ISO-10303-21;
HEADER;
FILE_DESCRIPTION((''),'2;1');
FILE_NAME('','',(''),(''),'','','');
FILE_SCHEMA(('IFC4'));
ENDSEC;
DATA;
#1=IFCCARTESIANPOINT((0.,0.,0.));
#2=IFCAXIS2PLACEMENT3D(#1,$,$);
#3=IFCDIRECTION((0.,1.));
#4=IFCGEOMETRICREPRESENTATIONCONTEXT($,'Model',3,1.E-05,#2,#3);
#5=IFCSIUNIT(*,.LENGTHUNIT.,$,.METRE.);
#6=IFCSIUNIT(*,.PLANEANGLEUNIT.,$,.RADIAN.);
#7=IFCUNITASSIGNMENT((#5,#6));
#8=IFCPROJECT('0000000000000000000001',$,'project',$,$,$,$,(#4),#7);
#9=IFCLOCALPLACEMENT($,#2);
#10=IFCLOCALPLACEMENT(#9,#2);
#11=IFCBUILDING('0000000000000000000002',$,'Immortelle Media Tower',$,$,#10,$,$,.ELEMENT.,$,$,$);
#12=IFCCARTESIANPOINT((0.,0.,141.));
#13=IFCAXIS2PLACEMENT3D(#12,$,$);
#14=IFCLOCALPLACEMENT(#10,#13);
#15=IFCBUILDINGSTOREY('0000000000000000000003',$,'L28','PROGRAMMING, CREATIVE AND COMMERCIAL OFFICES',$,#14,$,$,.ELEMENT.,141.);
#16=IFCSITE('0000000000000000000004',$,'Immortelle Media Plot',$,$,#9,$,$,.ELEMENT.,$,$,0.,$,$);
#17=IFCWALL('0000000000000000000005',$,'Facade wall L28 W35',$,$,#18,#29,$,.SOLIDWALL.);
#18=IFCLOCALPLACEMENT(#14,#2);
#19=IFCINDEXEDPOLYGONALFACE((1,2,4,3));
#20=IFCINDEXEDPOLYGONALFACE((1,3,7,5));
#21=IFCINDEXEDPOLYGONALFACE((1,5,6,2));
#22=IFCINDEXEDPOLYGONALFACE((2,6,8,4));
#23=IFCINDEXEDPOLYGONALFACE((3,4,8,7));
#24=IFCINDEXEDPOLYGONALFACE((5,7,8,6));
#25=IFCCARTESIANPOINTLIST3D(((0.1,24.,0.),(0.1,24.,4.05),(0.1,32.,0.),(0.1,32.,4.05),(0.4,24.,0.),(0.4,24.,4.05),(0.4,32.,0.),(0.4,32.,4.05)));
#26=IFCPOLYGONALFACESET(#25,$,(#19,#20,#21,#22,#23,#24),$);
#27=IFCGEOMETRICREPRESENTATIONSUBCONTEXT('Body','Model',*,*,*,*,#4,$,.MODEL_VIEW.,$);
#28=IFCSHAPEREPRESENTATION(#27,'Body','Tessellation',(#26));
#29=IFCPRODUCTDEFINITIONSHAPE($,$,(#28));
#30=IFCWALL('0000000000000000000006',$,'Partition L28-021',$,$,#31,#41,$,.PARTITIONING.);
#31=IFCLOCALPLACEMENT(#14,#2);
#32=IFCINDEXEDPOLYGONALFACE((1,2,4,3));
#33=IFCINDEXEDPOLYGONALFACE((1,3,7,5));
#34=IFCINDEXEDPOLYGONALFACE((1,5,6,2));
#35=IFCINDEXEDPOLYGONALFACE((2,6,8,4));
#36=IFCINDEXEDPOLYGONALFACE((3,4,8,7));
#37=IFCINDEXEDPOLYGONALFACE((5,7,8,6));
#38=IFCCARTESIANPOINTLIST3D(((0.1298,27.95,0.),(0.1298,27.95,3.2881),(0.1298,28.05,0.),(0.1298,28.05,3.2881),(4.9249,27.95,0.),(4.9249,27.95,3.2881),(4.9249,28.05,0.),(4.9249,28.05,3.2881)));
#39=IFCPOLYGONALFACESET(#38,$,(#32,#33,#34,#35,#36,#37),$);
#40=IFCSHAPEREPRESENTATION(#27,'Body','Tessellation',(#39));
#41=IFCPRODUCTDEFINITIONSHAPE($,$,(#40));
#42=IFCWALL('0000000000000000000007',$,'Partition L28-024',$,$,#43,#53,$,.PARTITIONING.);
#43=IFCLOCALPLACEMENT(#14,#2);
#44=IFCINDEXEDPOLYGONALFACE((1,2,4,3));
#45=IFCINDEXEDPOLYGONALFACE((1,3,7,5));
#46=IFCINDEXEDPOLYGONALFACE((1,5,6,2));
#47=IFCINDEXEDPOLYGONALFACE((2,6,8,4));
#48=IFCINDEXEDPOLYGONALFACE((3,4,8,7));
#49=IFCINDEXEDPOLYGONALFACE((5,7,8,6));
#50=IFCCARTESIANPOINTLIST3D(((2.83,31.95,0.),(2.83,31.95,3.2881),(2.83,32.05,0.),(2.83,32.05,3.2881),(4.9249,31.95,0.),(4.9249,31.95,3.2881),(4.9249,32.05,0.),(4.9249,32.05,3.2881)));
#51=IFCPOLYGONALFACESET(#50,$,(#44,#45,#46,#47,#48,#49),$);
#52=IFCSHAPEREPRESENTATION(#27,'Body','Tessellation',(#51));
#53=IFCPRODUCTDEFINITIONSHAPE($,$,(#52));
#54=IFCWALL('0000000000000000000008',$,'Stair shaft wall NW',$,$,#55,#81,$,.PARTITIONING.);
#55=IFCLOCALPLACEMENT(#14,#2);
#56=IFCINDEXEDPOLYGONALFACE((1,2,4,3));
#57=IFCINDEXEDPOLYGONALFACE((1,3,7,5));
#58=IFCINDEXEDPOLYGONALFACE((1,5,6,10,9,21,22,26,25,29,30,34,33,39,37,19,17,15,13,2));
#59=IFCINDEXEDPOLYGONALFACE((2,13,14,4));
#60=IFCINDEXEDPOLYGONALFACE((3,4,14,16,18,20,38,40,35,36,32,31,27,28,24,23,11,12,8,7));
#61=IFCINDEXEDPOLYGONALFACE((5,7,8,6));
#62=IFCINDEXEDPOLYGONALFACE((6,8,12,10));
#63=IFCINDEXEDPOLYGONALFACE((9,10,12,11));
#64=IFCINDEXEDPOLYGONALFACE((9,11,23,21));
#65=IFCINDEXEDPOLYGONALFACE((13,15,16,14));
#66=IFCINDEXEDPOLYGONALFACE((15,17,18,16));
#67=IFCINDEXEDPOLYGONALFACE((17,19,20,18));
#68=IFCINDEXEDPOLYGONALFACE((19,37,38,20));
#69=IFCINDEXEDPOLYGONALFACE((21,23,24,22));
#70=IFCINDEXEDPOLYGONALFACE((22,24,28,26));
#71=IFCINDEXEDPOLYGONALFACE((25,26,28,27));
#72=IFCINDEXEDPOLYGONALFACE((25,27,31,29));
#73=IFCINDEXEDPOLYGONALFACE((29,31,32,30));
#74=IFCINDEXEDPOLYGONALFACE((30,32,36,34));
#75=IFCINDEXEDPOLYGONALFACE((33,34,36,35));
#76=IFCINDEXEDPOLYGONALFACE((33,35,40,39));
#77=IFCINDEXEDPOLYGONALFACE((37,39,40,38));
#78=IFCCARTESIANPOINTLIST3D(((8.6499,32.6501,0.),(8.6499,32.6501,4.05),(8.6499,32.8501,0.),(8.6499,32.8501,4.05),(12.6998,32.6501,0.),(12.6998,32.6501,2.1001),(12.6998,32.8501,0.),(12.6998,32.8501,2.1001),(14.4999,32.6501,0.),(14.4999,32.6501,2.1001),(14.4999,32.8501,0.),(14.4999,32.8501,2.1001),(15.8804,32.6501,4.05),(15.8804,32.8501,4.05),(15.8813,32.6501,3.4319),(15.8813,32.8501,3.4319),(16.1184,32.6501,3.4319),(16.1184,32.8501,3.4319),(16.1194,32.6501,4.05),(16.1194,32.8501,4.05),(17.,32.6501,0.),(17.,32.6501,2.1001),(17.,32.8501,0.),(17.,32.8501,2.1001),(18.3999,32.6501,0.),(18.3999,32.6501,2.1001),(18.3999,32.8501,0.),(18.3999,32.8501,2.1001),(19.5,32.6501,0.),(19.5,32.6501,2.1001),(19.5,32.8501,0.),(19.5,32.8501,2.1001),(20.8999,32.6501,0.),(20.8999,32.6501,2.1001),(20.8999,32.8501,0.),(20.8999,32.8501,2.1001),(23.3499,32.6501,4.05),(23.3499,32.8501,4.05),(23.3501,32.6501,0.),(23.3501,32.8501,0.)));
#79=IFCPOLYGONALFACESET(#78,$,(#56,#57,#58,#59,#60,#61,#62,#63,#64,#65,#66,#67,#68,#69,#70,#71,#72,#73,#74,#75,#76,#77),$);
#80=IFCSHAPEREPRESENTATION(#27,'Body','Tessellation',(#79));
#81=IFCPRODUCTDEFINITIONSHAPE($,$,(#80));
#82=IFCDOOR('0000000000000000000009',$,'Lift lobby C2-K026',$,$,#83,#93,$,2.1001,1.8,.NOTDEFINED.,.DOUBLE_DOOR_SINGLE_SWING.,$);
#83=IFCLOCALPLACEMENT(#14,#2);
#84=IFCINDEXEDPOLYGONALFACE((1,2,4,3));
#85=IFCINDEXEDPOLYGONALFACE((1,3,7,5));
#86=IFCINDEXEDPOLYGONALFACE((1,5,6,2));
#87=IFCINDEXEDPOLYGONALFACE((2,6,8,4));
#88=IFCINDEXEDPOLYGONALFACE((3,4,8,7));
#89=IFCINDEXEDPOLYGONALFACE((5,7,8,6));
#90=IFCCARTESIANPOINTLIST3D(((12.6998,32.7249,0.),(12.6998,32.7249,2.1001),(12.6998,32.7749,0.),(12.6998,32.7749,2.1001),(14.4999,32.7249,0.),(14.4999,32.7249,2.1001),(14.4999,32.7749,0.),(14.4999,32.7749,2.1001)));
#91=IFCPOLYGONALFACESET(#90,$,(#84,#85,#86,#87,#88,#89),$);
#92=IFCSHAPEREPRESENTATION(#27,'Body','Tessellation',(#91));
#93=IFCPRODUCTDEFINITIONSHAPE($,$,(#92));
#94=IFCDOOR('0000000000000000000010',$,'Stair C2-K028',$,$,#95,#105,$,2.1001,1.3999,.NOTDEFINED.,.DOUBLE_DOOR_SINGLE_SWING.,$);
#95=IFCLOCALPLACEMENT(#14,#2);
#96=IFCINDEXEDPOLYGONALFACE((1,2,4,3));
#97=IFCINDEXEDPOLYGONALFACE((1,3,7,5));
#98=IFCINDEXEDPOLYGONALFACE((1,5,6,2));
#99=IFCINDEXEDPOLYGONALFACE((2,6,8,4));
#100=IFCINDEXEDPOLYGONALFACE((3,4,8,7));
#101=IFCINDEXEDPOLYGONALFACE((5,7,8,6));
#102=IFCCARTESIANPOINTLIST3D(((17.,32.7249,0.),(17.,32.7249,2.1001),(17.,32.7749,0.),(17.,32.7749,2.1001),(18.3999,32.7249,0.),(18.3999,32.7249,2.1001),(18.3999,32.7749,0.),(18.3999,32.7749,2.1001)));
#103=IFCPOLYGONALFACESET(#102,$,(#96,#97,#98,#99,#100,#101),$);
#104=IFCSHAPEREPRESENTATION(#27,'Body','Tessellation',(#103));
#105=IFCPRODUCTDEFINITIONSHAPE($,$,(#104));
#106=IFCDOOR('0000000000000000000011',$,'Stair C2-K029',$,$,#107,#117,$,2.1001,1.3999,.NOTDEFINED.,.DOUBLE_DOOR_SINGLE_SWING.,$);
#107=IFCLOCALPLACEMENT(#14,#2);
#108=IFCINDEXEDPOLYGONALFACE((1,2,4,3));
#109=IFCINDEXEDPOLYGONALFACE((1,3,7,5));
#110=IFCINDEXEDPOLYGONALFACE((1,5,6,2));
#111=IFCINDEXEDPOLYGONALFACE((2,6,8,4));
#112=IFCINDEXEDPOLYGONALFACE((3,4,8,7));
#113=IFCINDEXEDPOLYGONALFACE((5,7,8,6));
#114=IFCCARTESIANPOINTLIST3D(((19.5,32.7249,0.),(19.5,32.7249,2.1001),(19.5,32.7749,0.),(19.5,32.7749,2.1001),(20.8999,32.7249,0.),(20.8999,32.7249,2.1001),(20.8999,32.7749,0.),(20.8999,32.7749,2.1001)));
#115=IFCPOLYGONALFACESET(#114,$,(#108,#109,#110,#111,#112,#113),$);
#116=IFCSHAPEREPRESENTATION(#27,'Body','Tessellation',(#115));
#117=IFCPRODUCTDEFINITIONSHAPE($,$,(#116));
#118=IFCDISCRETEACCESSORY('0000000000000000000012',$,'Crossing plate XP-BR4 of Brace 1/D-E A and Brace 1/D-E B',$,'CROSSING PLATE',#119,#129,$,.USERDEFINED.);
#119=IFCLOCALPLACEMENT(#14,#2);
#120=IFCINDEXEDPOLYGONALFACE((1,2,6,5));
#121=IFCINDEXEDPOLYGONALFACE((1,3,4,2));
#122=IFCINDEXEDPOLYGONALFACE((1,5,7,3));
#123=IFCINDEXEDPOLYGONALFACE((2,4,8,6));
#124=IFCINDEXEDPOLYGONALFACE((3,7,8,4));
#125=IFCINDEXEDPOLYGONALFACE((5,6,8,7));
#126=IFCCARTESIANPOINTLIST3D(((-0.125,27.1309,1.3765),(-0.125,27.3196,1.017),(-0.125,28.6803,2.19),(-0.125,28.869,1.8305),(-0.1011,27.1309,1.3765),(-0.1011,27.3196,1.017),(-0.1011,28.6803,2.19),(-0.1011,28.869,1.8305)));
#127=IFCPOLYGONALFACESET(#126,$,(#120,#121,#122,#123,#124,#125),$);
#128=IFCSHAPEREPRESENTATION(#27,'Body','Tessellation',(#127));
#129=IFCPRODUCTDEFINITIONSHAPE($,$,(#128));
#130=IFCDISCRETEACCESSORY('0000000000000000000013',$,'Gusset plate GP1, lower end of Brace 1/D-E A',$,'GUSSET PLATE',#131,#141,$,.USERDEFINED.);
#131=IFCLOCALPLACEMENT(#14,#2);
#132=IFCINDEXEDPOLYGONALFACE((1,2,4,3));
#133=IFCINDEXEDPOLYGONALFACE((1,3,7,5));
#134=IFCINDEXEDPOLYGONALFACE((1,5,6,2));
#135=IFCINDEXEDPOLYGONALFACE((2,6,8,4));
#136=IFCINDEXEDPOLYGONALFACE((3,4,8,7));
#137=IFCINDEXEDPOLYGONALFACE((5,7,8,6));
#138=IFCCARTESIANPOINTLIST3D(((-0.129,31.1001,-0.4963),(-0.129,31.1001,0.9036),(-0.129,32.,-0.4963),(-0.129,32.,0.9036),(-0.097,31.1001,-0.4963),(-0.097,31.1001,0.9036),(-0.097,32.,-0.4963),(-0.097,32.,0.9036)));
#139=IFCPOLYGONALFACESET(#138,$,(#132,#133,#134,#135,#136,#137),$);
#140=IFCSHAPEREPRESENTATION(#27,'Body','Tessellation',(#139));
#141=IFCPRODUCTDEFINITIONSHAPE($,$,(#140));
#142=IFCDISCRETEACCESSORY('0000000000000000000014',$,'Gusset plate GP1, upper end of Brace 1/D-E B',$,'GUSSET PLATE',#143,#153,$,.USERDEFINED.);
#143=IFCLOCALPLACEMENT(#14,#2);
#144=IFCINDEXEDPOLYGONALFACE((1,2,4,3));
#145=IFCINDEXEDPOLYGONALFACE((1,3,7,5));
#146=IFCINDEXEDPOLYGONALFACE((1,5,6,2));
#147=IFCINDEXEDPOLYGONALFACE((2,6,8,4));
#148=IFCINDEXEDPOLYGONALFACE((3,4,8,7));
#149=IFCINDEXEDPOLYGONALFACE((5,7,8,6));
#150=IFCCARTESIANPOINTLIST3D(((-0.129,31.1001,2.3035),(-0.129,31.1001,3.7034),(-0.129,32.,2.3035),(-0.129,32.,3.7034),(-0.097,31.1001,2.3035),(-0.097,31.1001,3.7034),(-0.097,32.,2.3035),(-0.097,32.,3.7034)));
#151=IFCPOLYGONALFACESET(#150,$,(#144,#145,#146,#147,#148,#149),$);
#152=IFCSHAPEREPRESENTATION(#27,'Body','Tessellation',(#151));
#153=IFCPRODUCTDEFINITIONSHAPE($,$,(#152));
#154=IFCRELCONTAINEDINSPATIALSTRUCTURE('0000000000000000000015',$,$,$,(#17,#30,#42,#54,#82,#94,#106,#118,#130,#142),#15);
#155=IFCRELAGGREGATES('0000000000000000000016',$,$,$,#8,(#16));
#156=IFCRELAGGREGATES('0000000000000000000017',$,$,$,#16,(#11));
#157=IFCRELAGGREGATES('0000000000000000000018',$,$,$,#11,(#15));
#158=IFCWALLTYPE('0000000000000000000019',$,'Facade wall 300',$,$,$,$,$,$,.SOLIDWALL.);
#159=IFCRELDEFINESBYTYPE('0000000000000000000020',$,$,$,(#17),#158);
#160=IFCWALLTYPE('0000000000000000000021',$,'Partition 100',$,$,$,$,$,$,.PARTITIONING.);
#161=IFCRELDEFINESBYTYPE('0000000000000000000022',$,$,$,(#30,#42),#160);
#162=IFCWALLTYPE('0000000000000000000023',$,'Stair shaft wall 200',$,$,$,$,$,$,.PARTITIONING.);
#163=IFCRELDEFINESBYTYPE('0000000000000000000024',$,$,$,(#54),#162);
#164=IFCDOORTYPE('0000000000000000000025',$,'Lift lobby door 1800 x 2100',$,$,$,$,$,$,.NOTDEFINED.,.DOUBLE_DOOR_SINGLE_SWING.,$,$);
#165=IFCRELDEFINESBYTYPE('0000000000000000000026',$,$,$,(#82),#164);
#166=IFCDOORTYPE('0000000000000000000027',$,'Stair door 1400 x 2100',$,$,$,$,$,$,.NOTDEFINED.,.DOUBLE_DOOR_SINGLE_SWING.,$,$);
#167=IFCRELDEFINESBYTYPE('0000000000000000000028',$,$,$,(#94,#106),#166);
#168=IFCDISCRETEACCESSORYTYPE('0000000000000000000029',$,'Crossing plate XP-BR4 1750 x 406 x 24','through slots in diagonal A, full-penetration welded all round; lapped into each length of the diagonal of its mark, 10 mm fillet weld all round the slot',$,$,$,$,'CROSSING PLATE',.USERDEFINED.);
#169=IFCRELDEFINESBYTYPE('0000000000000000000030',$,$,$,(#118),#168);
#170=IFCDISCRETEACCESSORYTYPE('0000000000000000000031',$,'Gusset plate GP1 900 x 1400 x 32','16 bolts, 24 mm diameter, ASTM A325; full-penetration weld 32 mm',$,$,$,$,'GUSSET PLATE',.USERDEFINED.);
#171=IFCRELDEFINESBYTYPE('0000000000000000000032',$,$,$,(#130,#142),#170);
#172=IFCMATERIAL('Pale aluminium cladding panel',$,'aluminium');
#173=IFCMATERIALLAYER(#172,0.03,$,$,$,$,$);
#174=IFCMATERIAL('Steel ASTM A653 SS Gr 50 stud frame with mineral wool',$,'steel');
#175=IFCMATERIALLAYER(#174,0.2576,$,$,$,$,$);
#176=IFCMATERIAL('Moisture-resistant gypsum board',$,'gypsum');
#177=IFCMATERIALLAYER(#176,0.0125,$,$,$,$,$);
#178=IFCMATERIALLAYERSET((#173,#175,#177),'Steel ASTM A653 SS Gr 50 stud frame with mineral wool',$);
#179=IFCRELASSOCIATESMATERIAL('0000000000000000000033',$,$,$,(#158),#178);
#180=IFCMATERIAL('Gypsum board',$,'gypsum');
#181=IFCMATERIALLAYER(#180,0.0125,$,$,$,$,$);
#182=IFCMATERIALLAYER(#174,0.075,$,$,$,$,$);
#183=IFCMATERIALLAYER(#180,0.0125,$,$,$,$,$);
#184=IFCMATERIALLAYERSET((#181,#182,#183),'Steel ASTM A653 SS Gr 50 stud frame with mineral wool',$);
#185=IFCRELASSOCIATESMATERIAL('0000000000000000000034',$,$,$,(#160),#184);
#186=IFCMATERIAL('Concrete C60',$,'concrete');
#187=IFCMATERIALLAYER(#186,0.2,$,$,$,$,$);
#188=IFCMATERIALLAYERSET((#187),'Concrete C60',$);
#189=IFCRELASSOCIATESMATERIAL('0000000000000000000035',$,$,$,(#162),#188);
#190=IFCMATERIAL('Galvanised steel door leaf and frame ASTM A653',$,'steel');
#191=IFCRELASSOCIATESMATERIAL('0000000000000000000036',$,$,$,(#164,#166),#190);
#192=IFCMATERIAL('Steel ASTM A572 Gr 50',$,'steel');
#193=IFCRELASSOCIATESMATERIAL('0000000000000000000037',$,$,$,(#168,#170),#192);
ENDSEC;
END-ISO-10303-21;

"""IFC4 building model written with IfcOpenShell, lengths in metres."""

from ifc_helpers import new_model, si_unit, direction, frame, frame_2d, origin, origin_2d, place, context, subcontext, project, spatial, polyline, rectangle, outline, extrude, material, layer, layer_set, material_profile, profile_set, type_object, element, fill, save


model = new_model("IFC4")

# Units and contexts
model_context = context("Model", 3, precision=1e-05, world=origin(), true_north=direction((0.0, 1.0)))
body_context = subcontext(model_context, "Body", "Model", "MODEL_VIEW")
ifc_project = project(units=[si_unit("LENGTHUNIT", "METRE"), si_unit("PLANEANGLEUNIT", "RADIAN")], contexts=[model_context])

# Site, building, storey
site_placement = place(None, origin())
site = spatial("IfcSite", under=ifc_project, at=site_placement, Name="Immortelle Media Plot", CompositionType="ELEMENT", RefElevation=0.0)
building_placement = place(site_placement, origin())
building = spatial("IfcBuilding", under=site, at=building_placement, Name="Immortelle Media Tower", CompositionType="ELEMENT")
storey_placement = place(building_placement, frame((0.0, 0.0, 141.0)))
storey = spatial("IfcBuildingStorey", under=building, at=storey_placement, Name="L28", Description="PROGRAMMING, CREATIVE AND COMMERCIAL OFFICES", CompositionType="ELEMENT", Elevation=141.0)

# Shared definitions
ifc_material_1 = material(Name="Steel ASTM A653 SS Gr 50 stud frame with mineral wool", Category="steel")

# Walls
ifc_material_2 = material(Name="Pale aluminium cladding panel", Category="aluminium")
ifc_layer_1 = layer(ifc_material_2, 0.03)
ifc_layer_2 = layer(ifc_material_1, 0.2576)
ifc_material_3 = material(Name="Moisture-resistant gypsum board", Category="gypsum")
ifc_layer_3 = layer(ifc_material_3, 0.0125)
ifc_layer_set_1 = layer_set([ifc_layer_1, ifc_layer_2, ifc_layer_3], Name="Steel ASTM A653 SS Gr 50 stud frame with mineral wool")
wall_type_1 = type_object("IfcWallType", Name="Facade wall 300", PredefinedType="SOLIDWALL", material=ifc_layer_set_1)
wall_1_placement = place(storey_placement, frame((0.25, 32.0, 0.0), z_axis=(0.0, 0.0, 1.0), x_axis=(0.0, -1.0, 0.0)))
element("IfcWall", 1, at=wall_1_placement, inside=storey, type_object=wall_type_1, Name="Facade wall L28 W35", PredefinedType="SOLIDWALL", context=body_context, shape_type="SweptSolid", body=[
    extrude(rectangle(XDim=8.0, YDim=0.3, at=frame_2d((4.0, 0.0))), origin(), (0.0, 0.0, 1.0), 4.05),
])
ifc_material_4 = material(Name="Gypsum board", Category="gypsum")
ifc_layer_4 = layer(ifc_material_4, 0.0125)
ifc_layer_5 = layer(ifc_material_1, 0.075)
ifc_layer_6 = layer(ifc_material_4, 0.0125)
ifc_layer_set_2 = layer_set([ifc_layer_4, ifc_layer_5, ifc_layer_6], Name="Steel ASTM A653 SS Gr 50 stud frame with mineral wool")
wall_type_2 = type_object("IfcWallType", Name="Partition 100", PredefinedType="PARTITIONING", material=ifc_layer_set_2)
wall_2_placement = place(storey_placement, frame((0.1299, 28.0, 0.0), z_axis=(0.0, 0.0, 1.0), x_axis=(1.0, 0.0, 0.0)))
element("IfcWall", 2, at=wall_2_placement, inside=storey, type_object=wall_type_2, Name="Partition L28-021", PredefinedType="PARTITIONING", context=body_context, shape_type="SweptSolid", body=[
    extrude(rectangle(XDim=4.7952, YDim=0.1001, at=frame_2d((2.3975, 0.0))), origin(), (0.0, 0.0, 1.0), 3.2881),
])
wall_3_placement = place(storey_placement, frame((2.8301, 32.0, 0.0), z_axis=(0.0, 0.0, 1.0), x_axis=(1.0, 0.0, 0.0)))
element("IfcWall", 3, at=wall_3_placement, inside=storey, type_object=wall_type_2, Name="Partition L28-024", PredefinedType="PARTITIONING", context=body_context, shape_type="SweptSolid", body=[
    extrude(rectangle(XDim=2.095, YDim=0.1001, at=frame_2d((1.0474, 0.0))), origin(), (0.0, 0.0, 1.0), 3.2881),
])

# Wall, openings, doors
ifc_material_5 = material(Name="Concrete C60", Category="concrete")
ifc_layer_7 = layer(ifc_material_5, 0.2)
ifc_layer_set_3 = layer_set([ifc_layer_7], Name="Concrete C60")
wall_type_3 = type_object("IfcWallType", Name="Stair shaft wall 200", PredefinedType="PARTITIONING", material=ifc_layer_set_3)
wall_4_placement = place(storey_placement, frame((8.6499, 32.75, 0.0), z_axis=(0.0, 0.0, 1.0), x_axis=(1.0, 0.0, 0.0)))
wall_4 = element("IfcWall", 4, at=wall_4_placement, inside=storey, type_object=wall_type_3, Name="Stair shaft wall NW", PredefinedType="PARTITIONING", context=body_context, shape_type="SweptSolid", body=[
    extrude(outline(polyline([(0.0, 0.0), (14.7002, 0.0), (14.7, 4.05), (7.4695, 4.05), (7.4685, 3.4319), (7.2314, 3.4319), (7.2305, 4.05), (0.0, 4.05), (0.0, 0.0)])), frame((0.0, 0.1001, 0.0), z_axis=(0.0, -1.0, 0.0), x_axis=(1.0, 0.0, 0.0)), (0.0, 0.0, 1.0), 0.2),
])
opening_1_placement = place(wall_4_placement, frame((4.05, 0.0, 0.0)))
opening_1 = element("IfcOpeningElement", 5, at=opening_1_placement, cuts=wall_4, PredefinedType="OPENING", context=body_context, shape_type="SweptSolid", body=[
    extrude(rectangle(XDim=1.8, YDim=2.1001, at=frame_2d((0.8999, 1.05))), frame((0.0, 0.1099, 0.0), z_axis=(0.0, -1.0, 0.0), x_axis=(1.0, 0.0, 0.0)), (0.0, 0.0, 1.0), 0.22),
])
opening_2_placement = place(wall_4_placement, frame((8.3501, 0.0, 0.0)))
opening_2 = element("IfcOpeningElement", 6, at=opening_2_placement, cuts=wall_4, PredefinedType="OPENING", context=body_context, shape_type="SweptSolid", body=[
    extrude(rectangle(XDim=1.3999, YDim=2.1001, at=frame_2d((0.7, 1.05))), frame((0.0, 0.1099, 0.0), z_axis=(0.0, -1.0, 0.0), x_axis=(1.0, 0.0, 0.0)), (0.0, 0.0, 1.0), 0.22),
])
opening_3_placement = place(wall_4_placement, frame((10.8501, 0.0, 0.0)))
opening_3 = element("IfcOpeningElement", 7, at=opening_3_placement, cuts=wall_4, PredefinedType="OPENING", context=body_context, shape_type="SweptSolid", body=[
    extrude(rectangle(XDim=1.3999, YDim=2.1001, at=frame_2d((0.7, 1.05))), frame((0.0, 0.1099, 0.0), z_axis=(0.0, -1.0, 0.0), x_axis=(1.0, 0.0, 0.0)), (0.0, 0.0, 1.0), 0.22),
])
ifc_material_6 = material(Name="Galvanised steel door leaf and frame ASTM A653", Category="steel")
door_type_1 = type_object("IfcDoorType", Name="Lift lobby door 1800 x 2100", OperationType="DOUBLE_DOOR_SINGLE_SWING", PredefinedType="NOTDEFINED", material=ifc_material_6)
door_1_placement = place(opening_1_placement, origin())
door_1 = element("IfcDoor", 8, at=door_1_placement, inside=storey, type_object=door_type_1, Name="Lift lobby C2-K026", OperationType="DOUBLE_DOOR_SINGLE_SWING", OverallHeight=2.1001, OverallWidth=1.8, PredefinedType="NOTDEFINED", context=body_context, shape_type="SweptSolid", body=[
    extrude(rectangle(XDim=1.8, YDim=2.1001, at=frame_2d((0.8999, 1.05))), frame((0.0, 0.0249, 0.0), z_axis=(0.0, -1.0, 0.0), x_axis=(1.0, 0.0, 0.0)), (0.0, 0.0, 1.0), 0.05),
])
fill(opening_1, door_1)
door_type_2 = type_object("IfcDoorType", Name="Stair door 1400 x 2100", OperationType="DOUBLE_DOOR_SINGLE_SWING", PredefinedType="NOTDEFINED", material=ifc_material_6)
door_2_placement = place(opening_2_placement, origin())
door_2 = element("IfcDoor", 9, at=door_2_placement, inside=storey, type_object=door_type_2, Name="Stair C2-K028", OperationType="DOUBLE_DOOR_SINGLE_SWING", OverallHeight=2.1001, OverallWidth=1.3999, PredefinedType="NOTDEFINED", context=body_context, shape_type="SweptSolid", body=[
    extrude(rectangle(XDim=1.3999, YDim=2.1001, at=frame_2d((0.7, 1.05))), frame((0.0, 0.0249, 0.0), z_axis=(0.0, -1.0, 0.0), x_axis=(1.0, 0.0, 0.0)), (0.0, 0.0, 1.0), 0.05),
])
fill(opening_2, door_2)
door_3_placement = place(opening_3_placement, origin())
door_3 = element("IfcDoor", 10, at=door_3_placement, inside=storey, type_object=door_type_2, Name="Stair C2-K029", OperationType="DOUBLE_DOOR_SINGLE_SWING", OverallHeight=2.1001, OverallWidth=1.3999, PredefinedType="NOTDEFINED", context=body_context, shape_type="SweptSolid", body=[
    extrude(rectangle(XDim=1.3999, YDim=2.1001, at=frame_2d((0.7, 1.05))), frame((0.0, 0.0249, 0.0), z_axis=(0.0, -1.0, 0.0), x_axis=(1.0, 0.0, 0.0)), (0.0, 0.0, 1.0), 0.05),
])
fill(opening_3, door_3)

# Discrete accessories
ifc_material_7 = material(Name="Steel ASTM A572 Gr 50", Category="steel")
ifc_material_profile_1 = material_profile(ifc_material_7, rectangle(XDim=0.0239, YDim=0.406, at=origin_2d()), Name="PL 24 x 406")
ifc_profile_set_1 = profile_set([ifc_material_profile_1], Name="Steel ASTM A572 Gr 50")
discrete_accessory_type_1 = type_object("IfcDiscreteAccessoryType", Name="Crossing plate XP-BR4 1750 x 406 x 24", Description="through slots in diagonal A, full-penetration welded all round; lapped into each length of the diagonal of its mark, 10 mm fillet weld all round the slot", ElementType="CROSSING PLATE", PredefinedType="USERDEFINED", material=ifc_profile_set_1)
discrete_accessory_placement = place(storey_placement, frame((-0.113, 28.7747, 2.0103), z_axis=(0.0, -0.885378, -0.464872), x_axis=(1.0, 0.0, 0.0)))
element("IfcDiscreteAccessory", 11, at=discrete_accessory_placement, inside=storey, type_object=discrete_accessory_type_1, Name="Crossing plate XP-BR4 of Brace 1/D-E A and Brace 1/D-E B", ObjectType="CROSSING PLATE", PredefinedType="USERDEFINED", context=body_context, shape_type="SweptSolid", body=[
    extrude(rectangle(XDim=0.0239, YDim=0.406, at=origin_2d()), origin(), (0.0, 0.0, 1.0), 1.75),
])
ifc_material_profile_2 = material_profile(ifc_material_7, rectangle(XDim=0.032, YDim=1.3999, at=origin_2d()), Name="PL 32 x 1400")
ifc_profile_set_2 = profile_set([ifc_material_profile_2], Name="Steel ASTM A572 Gr 50")
discrete_accessory_type_2 = type_object("IfcDiscreteAccessoryType", Name="Gusset plate GP1 900 x 1400 x 32", Description="16 bolts, 24 mm diameter, ASTM A325; full-penetration weld 32 mm", ElementType="GUSSET PLATE", PredefinedType="USERDEFINED", material=ifc_profile_set_2)
for number, where, z_axis, x_axis, name in (
    (12, (-0.113, 32.0, 0.2036), (0.0, -1.0, 0.0), (1.0, 0.0, 0.0), "Gusset plate GP1, lower end of Brace 1/D-E A"),
    (13, (-0.113, 32.0, 3.0034), (0.0, -1.0, 0.0), (1.0, 0.0, 0.0), "Gusset plate GP1, upper end of Brace 1/D-E B"),
):
    element("IfcDiscreteAccessory", number, at=place(storey_placement, frame(where, z_axis=z_axis, x_axis=x_axis)), inside=storey, type_object=discrete_accessory_type_2, Name=name, ObjectType="GUSSET PLATE", PredefinedType="USERDEFINED", context=body_context, shape_type="SweptSolid", body=[
        extrude(rectangle(XDim=0.032, YDim=1.3999, at=origin_2d()), origin(), (0.0, 0.0, 1.0), 0.8999),
    ])

save(model, "model.ifc")
